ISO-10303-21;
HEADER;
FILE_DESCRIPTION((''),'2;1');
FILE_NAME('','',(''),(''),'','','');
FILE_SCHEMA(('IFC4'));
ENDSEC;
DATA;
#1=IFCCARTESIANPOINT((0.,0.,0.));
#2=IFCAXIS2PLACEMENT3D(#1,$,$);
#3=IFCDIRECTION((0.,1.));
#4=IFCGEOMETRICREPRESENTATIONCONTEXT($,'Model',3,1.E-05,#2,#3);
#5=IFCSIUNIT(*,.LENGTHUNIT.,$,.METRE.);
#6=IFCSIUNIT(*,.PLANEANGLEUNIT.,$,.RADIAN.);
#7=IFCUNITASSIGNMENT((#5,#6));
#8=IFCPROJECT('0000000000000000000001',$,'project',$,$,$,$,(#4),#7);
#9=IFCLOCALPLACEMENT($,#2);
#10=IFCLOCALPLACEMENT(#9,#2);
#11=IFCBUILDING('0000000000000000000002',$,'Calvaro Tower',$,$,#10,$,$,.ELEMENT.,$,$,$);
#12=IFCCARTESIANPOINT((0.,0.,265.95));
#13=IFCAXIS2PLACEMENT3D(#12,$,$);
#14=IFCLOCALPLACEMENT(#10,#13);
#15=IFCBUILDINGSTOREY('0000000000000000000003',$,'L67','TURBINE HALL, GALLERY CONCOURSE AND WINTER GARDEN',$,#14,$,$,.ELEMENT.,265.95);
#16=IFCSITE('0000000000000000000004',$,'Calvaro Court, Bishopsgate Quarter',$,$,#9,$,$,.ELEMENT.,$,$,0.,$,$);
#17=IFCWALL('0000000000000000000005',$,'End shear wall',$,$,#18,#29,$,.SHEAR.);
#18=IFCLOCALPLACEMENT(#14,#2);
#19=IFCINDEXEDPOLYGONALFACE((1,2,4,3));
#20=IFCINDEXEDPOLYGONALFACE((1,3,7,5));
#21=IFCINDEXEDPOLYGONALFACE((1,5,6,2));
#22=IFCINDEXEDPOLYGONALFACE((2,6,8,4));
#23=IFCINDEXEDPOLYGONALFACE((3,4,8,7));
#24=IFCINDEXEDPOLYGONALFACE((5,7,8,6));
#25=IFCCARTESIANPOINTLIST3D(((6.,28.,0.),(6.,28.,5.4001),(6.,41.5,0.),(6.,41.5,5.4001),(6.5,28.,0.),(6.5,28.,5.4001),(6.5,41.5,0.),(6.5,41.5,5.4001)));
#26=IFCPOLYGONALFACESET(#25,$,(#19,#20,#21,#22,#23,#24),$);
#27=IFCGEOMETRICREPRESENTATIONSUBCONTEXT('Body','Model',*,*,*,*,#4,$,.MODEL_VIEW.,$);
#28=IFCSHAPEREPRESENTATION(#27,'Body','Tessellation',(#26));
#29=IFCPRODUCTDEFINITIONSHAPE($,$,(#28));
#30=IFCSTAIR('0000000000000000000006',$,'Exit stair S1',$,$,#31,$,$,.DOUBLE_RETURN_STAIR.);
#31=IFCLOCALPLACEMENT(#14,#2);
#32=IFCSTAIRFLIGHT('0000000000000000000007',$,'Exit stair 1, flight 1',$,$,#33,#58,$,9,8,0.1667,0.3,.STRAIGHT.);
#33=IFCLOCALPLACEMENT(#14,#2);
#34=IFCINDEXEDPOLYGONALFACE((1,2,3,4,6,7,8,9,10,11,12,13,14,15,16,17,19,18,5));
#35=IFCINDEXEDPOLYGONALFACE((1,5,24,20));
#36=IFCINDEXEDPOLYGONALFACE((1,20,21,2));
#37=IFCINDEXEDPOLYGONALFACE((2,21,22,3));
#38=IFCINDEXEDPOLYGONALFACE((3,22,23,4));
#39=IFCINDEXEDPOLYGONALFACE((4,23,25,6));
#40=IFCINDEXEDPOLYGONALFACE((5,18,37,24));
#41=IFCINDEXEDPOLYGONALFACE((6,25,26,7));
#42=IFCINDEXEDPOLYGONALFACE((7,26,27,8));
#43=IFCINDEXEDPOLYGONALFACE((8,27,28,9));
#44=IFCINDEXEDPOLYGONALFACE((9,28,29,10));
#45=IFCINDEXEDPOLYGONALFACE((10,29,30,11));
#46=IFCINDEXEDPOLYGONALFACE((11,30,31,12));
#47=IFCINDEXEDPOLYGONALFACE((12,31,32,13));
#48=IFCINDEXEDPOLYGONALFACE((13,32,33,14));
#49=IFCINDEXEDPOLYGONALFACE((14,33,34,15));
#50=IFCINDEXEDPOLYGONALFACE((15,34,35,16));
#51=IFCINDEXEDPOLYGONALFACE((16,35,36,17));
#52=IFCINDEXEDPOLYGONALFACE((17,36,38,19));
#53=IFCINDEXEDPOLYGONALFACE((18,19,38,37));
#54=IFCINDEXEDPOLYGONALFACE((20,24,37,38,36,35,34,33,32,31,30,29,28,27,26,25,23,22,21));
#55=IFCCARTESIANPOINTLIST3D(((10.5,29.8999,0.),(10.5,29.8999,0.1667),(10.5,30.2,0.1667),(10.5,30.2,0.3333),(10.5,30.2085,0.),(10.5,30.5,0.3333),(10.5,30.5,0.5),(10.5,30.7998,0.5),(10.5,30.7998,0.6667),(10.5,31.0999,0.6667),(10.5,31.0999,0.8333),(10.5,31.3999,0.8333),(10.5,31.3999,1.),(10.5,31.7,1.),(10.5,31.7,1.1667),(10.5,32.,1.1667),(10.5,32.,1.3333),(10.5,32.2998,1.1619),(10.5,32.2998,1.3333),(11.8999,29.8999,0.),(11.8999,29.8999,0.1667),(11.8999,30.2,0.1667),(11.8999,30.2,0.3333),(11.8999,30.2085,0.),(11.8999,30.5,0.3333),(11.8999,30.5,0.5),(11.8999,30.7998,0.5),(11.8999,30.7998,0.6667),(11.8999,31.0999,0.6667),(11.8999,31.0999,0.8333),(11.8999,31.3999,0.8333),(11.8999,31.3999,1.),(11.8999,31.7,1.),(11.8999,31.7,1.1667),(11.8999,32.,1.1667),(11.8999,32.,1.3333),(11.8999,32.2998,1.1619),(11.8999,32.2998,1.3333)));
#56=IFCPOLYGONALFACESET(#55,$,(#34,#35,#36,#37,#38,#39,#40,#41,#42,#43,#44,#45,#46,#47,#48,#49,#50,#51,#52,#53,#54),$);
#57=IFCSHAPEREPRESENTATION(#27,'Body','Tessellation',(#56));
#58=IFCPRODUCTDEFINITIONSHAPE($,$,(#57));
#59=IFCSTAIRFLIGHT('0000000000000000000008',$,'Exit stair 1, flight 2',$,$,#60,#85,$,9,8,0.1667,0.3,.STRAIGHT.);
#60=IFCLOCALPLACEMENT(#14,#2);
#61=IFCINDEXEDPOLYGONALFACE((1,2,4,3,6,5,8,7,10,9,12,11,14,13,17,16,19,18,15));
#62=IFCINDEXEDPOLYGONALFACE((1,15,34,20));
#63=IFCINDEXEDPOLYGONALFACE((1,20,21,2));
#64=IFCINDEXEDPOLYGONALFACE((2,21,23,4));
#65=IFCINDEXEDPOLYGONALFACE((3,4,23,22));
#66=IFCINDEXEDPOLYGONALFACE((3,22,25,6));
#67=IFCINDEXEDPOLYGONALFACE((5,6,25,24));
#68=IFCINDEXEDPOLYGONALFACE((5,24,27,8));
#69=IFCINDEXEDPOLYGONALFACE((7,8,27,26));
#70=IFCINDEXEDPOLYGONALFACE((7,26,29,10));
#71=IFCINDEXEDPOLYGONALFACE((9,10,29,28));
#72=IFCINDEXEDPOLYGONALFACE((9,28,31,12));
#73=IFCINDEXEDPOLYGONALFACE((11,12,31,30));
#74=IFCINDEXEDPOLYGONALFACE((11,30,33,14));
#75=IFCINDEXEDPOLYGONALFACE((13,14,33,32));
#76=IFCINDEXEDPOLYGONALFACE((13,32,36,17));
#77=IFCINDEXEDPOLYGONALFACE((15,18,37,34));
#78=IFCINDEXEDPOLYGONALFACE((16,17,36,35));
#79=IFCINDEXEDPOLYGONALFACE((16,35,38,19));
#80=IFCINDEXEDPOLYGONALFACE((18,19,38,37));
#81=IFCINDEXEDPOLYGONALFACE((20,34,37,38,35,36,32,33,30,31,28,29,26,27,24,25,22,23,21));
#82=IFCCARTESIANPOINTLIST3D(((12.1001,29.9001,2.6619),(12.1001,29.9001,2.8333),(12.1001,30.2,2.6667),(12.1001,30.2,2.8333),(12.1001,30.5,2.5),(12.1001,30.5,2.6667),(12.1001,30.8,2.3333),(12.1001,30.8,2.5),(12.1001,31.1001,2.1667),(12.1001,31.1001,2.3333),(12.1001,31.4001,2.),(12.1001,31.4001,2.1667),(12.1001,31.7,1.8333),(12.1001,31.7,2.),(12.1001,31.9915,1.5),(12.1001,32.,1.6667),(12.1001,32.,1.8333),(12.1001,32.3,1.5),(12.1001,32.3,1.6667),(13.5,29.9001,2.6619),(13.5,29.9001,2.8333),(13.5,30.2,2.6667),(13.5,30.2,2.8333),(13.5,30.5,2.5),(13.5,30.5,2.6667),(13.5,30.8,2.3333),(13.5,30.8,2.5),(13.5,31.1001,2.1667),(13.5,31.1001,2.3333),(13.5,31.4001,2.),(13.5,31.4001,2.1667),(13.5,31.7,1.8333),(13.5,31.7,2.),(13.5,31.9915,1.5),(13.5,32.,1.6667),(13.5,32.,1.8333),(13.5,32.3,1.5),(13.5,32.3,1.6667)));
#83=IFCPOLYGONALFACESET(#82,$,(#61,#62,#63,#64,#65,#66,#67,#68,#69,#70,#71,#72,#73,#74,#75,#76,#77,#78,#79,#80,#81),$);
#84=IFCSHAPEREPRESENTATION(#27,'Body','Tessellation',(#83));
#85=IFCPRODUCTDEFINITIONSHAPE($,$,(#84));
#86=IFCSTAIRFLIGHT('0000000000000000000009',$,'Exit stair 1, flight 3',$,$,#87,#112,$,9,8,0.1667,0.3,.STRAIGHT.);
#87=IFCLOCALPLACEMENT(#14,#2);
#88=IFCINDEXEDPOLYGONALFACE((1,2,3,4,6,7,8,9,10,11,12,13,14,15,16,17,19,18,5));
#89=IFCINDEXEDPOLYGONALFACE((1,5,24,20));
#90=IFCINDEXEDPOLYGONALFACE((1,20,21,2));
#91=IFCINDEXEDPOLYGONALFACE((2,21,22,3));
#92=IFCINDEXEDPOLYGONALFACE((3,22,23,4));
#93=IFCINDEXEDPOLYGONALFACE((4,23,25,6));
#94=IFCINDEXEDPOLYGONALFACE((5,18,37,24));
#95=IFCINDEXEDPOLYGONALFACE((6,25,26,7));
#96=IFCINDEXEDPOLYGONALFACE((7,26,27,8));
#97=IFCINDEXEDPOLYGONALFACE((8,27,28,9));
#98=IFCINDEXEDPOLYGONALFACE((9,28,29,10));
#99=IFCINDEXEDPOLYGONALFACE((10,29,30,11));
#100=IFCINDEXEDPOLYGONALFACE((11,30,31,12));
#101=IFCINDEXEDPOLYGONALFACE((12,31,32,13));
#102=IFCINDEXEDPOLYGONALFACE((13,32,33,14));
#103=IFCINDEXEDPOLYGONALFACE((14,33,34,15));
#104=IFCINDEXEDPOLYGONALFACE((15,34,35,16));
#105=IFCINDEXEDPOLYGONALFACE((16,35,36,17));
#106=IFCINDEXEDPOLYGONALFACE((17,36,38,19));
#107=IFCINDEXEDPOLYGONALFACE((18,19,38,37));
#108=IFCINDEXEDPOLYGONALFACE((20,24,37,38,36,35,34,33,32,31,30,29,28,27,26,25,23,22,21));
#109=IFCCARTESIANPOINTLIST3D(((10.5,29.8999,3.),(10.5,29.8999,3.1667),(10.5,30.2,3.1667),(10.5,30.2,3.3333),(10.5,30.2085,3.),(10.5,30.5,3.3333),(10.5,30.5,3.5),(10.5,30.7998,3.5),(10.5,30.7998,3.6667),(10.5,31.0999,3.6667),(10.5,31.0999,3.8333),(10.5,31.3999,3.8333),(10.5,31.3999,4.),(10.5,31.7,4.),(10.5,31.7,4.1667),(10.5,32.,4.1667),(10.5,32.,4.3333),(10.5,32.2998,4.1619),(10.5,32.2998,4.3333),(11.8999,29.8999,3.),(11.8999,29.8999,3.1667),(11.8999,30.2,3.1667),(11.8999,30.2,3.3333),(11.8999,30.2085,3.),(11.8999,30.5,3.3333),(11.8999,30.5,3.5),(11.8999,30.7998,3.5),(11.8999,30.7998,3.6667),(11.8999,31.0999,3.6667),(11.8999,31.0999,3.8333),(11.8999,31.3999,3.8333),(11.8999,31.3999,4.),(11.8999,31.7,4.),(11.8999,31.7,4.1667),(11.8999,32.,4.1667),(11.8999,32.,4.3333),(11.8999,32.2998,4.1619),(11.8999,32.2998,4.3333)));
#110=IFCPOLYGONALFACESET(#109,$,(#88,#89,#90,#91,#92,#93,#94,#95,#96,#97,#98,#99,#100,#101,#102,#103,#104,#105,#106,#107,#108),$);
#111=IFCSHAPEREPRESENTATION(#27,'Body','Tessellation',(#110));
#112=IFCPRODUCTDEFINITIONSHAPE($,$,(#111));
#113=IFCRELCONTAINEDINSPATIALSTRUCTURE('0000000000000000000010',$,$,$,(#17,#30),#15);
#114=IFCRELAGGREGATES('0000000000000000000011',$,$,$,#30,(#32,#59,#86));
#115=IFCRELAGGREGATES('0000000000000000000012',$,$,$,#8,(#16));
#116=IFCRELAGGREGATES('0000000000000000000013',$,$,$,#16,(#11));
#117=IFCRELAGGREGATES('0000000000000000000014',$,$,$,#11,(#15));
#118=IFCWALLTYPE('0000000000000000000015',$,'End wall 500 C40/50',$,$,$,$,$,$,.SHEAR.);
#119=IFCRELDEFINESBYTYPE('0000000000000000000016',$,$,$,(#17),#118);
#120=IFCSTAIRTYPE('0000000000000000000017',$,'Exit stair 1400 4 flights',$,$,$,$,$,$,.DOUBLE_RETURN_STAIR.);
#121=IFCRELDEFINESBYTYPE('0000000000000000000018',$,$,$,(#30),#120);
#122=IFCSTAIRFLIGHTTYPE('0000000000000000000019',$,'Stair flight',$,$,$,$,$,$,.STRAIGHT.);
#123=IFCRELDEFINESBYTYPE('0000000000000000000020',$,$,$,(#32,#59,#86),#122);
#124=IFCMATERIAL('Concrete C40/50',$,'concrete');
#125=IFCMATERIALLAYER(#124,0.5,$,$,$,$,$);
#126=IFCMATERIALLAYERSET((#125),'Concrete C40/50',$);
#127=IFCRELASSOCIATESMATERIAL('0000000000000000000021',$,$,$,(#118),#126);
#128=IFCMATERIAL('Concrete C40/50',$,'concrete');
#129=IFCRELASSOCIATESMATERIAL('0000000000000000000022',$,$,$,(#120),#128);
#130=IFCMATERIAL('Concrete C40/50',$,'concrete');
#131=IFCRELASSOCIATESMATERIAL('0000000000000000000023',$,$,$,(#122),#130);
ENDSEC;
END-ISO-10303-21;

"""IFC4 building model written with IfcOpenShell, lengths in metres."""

from ifc_helpers import new_model, si_unit, direction, frame, frame_2d, origin, place, context, subcontext, project, spatial, polyline, rectangle, outline, extrude, material, layer, layer_set, type_object, element, aggregate, save


model = new_model("IFC4")

# Units and contexts
model_context = context("Model", 3, precision=1e-05, world=origin(), true_north=direction((0.0, 1.0)))
body_context = subcontext(model_context, "Body", "Model", "MODEL_VIEW")
ifc_project = project(units=[si_unit("LENGTHUNIT", "METRE"), si_unit("PLANEANGLEUNIT", "RADIAN")], contexts=[model_context])

# Site, building, storey
site_placement = place(None, origin())
site = spatial("IfcSite", under=ifc_project, at=site_placement, Name="Calvaro Court, Bishopsgate Quarter", CompositionType="ELEMENT", RefElevation=0.0)
building_placement = place(site_placement, origin())
building = spatial("IfcBuilding", under=site, at=building_placement, Name="Calvaro Tower", CompositionType="ELEMENT")
storey_placement = place(building_placement, frame((0.0, 0.0, 265.95)))
storey = spatial("IfcBuildingStorey", under=building, at=storey_placement, Name="L67", Description="TURBINE HALL, GALLERY CONCOURSE AND WINTER GARDEN", CompositionType="ELEMENT", Elevation=265.95)

# Wall
ifc_material_1 = material(Name="Concrete C40/50", Category="concrete")
ifc_layer_1 = layer(ifc_material_1, 0.5)
ifc_layer_set_1 = layer_set([ifc_layer_1], Name="Concrete C40/50")
wall_type_1 = type_object("IfcWallType", Name="End wall 500 C40/50", PredefinedType="SHEAR", material=ifc_layer_set_1)
wall_1_placement = place(storey_placement, frame((6.25, 28.0, 0.0), z_axis=(0.0, 0.0, 1.0), x_axis=(0.0, 1.0, 0.0)))
element("IfcWall", 1, at=wall_1_placement, inside=storey, type_object=wall_type_1, Name="End shear wall", PredefinedType="SHEAR", context=body_context, shape_type="SweptSolid", body=[
    extrude(rectangle(XDim=13.5, YDim=0.5, at=frame_2d((6.75, 0.0))), origin(), (0.0, 0.0, 1.0), 5.4001),
])

# Stair, stair flights
ifc_material_2 = material(Name="Concrete C40/50", Category="concrete")
stair_type = type_object("IfcStairType", Name="Exit stair 1400 4 flights", PredefinedType="DOUBLE_RETURN_STAIR", material=ifc_material_2)
stair_placement = place(storey_placement, origin())
stair = element("IfcStair", 2, at=stair_placement, inside=storey, type_object=stair_type, Name="Exit stair S1", PredefinedType="DOUBLE_RETURN_STAIR")
ifc_material_3 = material(Name="Concrete C40/50", Category="concrete")
stair_flight_type = type_object("IfcStairFlightType", Name="Stair flight", PredefinedType="STRAIGHT", material=ifc_material_3)
stair_flight_1_placement = place(storey_placement, frame((11.2, 29.8999, 0.0), z_axis=(0.0, 0.0, 1.0), x_axis=(0.0, 1.0, 0.0)))
stair_flight_1 = element("IfcStairFlight", 3, at=stair_flight_1_placement, type_object=stair_flight_type, Name="Exit stair 1, flight 1", NumberOfRisers=9, NumberOfTreads=8, PredefinedType="STRAIGHT", RiserHeight=0.1667, TreadLength=0.3, context=body_context, shape_type="SweptSolid", body=[
    extrude(outline(polyline([(0.0, 0.0), (0.0, 0.1667), (0.3, 0.1667), (0.3, 0.3333), (0.6001, 0.3333), (0.6001, 0.5), (0.8999, 0.5), (0.8999, 0.6667), (1.2, 0.6667), (1.2, 0.8333), (1.5, 0.8333), (1.5, 1.0), (1.8, 1.0), (1.8, 1.1667), (2.1001, 1.1667), (2.1001, 1.3333), (2.3999, 1.3333), (2.3999, 1.5), (2.3999, 1.1619), (0.3086, 0.0), (0.0, 0.0)])), frame((0.0, 0.7, 0.0), z_axis=(0.0, -1.0, 0.0), x_axis=(1.0, 0.0, 0.0)), (0.0, 0.0, 1.0), 1.3999),
])
stair_flight_2_placement = place(storey_placement, frame((12.8, 32.3, 1.5), z_axis=(0.0, 0.0, 1.0), x_axis=(0.0, -1.0, 0.0)))
stair_flight_2 = element("IfcStairFlight", 4, at=stair_flight_2_placement, type_object=stair_flight_type, Name="Exit stair 1, flight 2", NumberOfRisers=9, NumberOfTreads=8, PredefinedType="STRAIGHT", RiserHeight=0.1667, TreadLength=0.3, context=body_context, shape_type="SweptSolid", body=[
    extrude(outline(polyline([(0.0, 0.0), (0.0, 0.1667), (0.3, 0.1667), (0.3, 0.3333), (0.6001, 0.3333), (0.6001, 0.5), (0.8999, 0.5), (0.8999, 0.6667), (1.2, 0.6667), (1.2, 0.8333), (1.5, 0.8333), (1.5, 1.0), (1.8, 1.0), (1.8, 1.1667), (2.1001, 1.1667), (2.1001, 1.3333), (2.3999, 1.3333), (2.3999, 1.5), (2.3999, 1.1619), (0.3086, 0.0), (0.0, 0.0)])), frame((0.0, 0.7, 0.0), z_axis=(0.0, -1.0, 0.0), x_axis=(1.0, 0.0, 0.0)), (0.0, 0.0, 1.0), 1.3999),
])
stair_flight_3_placement = place(storey_placement, frame((11.2, 29.8999, 3.0), z_axis=(0.0, 0.0, 1.0), x_axis=(0.0, 1.0, 0.0)))
stair_flight_3 = element("IfcStairFlight", 5, at=stair_flight_3_placement, type_object=stair_flight_type, Name="Exit stair 1, flight 3", NumberOfRisers=9, NumberOfTreads=8, PredefinedType="STRAIGHT", RiserHeight=0.1667, TreadLength=0.3, context=body_context, shape_type="SweptSolid", body=[
    extrude(outline(polyline([(0.0, 0.0), (0.0, 0.1667), (0.3, 0.1667), (0.3, 0.3333), (0.6001, 0.3333), (0.6001, 0.5), (0.8999, 0.5), (0.8999, 0.6667), (1.2, 0.6667), (1.2, 0.8333), (1.5, 0.8333), (1.5, 1.0), (1.8, 1.0), (1.8, 1.1667), (2.1001, 1.1667), (2.1001, 1.3333), (2.3999, 1.3333), (2.3999, 1.5), (2.3999, 1.1619), (0.3086, 0.0), (0.0, 0.0)])), frame((0.0, 0.7, 0.0), z_axis=(0.0, -1.0, 0.0), x_axis=(1.0, 0.0, 0.0)), (0.0, 0.0, 1.0), 1.3999),
])
aggregate(stair, [stair_flight_1, stair_flight_2, stair_flight_3])

save(model, "model.ifc")
